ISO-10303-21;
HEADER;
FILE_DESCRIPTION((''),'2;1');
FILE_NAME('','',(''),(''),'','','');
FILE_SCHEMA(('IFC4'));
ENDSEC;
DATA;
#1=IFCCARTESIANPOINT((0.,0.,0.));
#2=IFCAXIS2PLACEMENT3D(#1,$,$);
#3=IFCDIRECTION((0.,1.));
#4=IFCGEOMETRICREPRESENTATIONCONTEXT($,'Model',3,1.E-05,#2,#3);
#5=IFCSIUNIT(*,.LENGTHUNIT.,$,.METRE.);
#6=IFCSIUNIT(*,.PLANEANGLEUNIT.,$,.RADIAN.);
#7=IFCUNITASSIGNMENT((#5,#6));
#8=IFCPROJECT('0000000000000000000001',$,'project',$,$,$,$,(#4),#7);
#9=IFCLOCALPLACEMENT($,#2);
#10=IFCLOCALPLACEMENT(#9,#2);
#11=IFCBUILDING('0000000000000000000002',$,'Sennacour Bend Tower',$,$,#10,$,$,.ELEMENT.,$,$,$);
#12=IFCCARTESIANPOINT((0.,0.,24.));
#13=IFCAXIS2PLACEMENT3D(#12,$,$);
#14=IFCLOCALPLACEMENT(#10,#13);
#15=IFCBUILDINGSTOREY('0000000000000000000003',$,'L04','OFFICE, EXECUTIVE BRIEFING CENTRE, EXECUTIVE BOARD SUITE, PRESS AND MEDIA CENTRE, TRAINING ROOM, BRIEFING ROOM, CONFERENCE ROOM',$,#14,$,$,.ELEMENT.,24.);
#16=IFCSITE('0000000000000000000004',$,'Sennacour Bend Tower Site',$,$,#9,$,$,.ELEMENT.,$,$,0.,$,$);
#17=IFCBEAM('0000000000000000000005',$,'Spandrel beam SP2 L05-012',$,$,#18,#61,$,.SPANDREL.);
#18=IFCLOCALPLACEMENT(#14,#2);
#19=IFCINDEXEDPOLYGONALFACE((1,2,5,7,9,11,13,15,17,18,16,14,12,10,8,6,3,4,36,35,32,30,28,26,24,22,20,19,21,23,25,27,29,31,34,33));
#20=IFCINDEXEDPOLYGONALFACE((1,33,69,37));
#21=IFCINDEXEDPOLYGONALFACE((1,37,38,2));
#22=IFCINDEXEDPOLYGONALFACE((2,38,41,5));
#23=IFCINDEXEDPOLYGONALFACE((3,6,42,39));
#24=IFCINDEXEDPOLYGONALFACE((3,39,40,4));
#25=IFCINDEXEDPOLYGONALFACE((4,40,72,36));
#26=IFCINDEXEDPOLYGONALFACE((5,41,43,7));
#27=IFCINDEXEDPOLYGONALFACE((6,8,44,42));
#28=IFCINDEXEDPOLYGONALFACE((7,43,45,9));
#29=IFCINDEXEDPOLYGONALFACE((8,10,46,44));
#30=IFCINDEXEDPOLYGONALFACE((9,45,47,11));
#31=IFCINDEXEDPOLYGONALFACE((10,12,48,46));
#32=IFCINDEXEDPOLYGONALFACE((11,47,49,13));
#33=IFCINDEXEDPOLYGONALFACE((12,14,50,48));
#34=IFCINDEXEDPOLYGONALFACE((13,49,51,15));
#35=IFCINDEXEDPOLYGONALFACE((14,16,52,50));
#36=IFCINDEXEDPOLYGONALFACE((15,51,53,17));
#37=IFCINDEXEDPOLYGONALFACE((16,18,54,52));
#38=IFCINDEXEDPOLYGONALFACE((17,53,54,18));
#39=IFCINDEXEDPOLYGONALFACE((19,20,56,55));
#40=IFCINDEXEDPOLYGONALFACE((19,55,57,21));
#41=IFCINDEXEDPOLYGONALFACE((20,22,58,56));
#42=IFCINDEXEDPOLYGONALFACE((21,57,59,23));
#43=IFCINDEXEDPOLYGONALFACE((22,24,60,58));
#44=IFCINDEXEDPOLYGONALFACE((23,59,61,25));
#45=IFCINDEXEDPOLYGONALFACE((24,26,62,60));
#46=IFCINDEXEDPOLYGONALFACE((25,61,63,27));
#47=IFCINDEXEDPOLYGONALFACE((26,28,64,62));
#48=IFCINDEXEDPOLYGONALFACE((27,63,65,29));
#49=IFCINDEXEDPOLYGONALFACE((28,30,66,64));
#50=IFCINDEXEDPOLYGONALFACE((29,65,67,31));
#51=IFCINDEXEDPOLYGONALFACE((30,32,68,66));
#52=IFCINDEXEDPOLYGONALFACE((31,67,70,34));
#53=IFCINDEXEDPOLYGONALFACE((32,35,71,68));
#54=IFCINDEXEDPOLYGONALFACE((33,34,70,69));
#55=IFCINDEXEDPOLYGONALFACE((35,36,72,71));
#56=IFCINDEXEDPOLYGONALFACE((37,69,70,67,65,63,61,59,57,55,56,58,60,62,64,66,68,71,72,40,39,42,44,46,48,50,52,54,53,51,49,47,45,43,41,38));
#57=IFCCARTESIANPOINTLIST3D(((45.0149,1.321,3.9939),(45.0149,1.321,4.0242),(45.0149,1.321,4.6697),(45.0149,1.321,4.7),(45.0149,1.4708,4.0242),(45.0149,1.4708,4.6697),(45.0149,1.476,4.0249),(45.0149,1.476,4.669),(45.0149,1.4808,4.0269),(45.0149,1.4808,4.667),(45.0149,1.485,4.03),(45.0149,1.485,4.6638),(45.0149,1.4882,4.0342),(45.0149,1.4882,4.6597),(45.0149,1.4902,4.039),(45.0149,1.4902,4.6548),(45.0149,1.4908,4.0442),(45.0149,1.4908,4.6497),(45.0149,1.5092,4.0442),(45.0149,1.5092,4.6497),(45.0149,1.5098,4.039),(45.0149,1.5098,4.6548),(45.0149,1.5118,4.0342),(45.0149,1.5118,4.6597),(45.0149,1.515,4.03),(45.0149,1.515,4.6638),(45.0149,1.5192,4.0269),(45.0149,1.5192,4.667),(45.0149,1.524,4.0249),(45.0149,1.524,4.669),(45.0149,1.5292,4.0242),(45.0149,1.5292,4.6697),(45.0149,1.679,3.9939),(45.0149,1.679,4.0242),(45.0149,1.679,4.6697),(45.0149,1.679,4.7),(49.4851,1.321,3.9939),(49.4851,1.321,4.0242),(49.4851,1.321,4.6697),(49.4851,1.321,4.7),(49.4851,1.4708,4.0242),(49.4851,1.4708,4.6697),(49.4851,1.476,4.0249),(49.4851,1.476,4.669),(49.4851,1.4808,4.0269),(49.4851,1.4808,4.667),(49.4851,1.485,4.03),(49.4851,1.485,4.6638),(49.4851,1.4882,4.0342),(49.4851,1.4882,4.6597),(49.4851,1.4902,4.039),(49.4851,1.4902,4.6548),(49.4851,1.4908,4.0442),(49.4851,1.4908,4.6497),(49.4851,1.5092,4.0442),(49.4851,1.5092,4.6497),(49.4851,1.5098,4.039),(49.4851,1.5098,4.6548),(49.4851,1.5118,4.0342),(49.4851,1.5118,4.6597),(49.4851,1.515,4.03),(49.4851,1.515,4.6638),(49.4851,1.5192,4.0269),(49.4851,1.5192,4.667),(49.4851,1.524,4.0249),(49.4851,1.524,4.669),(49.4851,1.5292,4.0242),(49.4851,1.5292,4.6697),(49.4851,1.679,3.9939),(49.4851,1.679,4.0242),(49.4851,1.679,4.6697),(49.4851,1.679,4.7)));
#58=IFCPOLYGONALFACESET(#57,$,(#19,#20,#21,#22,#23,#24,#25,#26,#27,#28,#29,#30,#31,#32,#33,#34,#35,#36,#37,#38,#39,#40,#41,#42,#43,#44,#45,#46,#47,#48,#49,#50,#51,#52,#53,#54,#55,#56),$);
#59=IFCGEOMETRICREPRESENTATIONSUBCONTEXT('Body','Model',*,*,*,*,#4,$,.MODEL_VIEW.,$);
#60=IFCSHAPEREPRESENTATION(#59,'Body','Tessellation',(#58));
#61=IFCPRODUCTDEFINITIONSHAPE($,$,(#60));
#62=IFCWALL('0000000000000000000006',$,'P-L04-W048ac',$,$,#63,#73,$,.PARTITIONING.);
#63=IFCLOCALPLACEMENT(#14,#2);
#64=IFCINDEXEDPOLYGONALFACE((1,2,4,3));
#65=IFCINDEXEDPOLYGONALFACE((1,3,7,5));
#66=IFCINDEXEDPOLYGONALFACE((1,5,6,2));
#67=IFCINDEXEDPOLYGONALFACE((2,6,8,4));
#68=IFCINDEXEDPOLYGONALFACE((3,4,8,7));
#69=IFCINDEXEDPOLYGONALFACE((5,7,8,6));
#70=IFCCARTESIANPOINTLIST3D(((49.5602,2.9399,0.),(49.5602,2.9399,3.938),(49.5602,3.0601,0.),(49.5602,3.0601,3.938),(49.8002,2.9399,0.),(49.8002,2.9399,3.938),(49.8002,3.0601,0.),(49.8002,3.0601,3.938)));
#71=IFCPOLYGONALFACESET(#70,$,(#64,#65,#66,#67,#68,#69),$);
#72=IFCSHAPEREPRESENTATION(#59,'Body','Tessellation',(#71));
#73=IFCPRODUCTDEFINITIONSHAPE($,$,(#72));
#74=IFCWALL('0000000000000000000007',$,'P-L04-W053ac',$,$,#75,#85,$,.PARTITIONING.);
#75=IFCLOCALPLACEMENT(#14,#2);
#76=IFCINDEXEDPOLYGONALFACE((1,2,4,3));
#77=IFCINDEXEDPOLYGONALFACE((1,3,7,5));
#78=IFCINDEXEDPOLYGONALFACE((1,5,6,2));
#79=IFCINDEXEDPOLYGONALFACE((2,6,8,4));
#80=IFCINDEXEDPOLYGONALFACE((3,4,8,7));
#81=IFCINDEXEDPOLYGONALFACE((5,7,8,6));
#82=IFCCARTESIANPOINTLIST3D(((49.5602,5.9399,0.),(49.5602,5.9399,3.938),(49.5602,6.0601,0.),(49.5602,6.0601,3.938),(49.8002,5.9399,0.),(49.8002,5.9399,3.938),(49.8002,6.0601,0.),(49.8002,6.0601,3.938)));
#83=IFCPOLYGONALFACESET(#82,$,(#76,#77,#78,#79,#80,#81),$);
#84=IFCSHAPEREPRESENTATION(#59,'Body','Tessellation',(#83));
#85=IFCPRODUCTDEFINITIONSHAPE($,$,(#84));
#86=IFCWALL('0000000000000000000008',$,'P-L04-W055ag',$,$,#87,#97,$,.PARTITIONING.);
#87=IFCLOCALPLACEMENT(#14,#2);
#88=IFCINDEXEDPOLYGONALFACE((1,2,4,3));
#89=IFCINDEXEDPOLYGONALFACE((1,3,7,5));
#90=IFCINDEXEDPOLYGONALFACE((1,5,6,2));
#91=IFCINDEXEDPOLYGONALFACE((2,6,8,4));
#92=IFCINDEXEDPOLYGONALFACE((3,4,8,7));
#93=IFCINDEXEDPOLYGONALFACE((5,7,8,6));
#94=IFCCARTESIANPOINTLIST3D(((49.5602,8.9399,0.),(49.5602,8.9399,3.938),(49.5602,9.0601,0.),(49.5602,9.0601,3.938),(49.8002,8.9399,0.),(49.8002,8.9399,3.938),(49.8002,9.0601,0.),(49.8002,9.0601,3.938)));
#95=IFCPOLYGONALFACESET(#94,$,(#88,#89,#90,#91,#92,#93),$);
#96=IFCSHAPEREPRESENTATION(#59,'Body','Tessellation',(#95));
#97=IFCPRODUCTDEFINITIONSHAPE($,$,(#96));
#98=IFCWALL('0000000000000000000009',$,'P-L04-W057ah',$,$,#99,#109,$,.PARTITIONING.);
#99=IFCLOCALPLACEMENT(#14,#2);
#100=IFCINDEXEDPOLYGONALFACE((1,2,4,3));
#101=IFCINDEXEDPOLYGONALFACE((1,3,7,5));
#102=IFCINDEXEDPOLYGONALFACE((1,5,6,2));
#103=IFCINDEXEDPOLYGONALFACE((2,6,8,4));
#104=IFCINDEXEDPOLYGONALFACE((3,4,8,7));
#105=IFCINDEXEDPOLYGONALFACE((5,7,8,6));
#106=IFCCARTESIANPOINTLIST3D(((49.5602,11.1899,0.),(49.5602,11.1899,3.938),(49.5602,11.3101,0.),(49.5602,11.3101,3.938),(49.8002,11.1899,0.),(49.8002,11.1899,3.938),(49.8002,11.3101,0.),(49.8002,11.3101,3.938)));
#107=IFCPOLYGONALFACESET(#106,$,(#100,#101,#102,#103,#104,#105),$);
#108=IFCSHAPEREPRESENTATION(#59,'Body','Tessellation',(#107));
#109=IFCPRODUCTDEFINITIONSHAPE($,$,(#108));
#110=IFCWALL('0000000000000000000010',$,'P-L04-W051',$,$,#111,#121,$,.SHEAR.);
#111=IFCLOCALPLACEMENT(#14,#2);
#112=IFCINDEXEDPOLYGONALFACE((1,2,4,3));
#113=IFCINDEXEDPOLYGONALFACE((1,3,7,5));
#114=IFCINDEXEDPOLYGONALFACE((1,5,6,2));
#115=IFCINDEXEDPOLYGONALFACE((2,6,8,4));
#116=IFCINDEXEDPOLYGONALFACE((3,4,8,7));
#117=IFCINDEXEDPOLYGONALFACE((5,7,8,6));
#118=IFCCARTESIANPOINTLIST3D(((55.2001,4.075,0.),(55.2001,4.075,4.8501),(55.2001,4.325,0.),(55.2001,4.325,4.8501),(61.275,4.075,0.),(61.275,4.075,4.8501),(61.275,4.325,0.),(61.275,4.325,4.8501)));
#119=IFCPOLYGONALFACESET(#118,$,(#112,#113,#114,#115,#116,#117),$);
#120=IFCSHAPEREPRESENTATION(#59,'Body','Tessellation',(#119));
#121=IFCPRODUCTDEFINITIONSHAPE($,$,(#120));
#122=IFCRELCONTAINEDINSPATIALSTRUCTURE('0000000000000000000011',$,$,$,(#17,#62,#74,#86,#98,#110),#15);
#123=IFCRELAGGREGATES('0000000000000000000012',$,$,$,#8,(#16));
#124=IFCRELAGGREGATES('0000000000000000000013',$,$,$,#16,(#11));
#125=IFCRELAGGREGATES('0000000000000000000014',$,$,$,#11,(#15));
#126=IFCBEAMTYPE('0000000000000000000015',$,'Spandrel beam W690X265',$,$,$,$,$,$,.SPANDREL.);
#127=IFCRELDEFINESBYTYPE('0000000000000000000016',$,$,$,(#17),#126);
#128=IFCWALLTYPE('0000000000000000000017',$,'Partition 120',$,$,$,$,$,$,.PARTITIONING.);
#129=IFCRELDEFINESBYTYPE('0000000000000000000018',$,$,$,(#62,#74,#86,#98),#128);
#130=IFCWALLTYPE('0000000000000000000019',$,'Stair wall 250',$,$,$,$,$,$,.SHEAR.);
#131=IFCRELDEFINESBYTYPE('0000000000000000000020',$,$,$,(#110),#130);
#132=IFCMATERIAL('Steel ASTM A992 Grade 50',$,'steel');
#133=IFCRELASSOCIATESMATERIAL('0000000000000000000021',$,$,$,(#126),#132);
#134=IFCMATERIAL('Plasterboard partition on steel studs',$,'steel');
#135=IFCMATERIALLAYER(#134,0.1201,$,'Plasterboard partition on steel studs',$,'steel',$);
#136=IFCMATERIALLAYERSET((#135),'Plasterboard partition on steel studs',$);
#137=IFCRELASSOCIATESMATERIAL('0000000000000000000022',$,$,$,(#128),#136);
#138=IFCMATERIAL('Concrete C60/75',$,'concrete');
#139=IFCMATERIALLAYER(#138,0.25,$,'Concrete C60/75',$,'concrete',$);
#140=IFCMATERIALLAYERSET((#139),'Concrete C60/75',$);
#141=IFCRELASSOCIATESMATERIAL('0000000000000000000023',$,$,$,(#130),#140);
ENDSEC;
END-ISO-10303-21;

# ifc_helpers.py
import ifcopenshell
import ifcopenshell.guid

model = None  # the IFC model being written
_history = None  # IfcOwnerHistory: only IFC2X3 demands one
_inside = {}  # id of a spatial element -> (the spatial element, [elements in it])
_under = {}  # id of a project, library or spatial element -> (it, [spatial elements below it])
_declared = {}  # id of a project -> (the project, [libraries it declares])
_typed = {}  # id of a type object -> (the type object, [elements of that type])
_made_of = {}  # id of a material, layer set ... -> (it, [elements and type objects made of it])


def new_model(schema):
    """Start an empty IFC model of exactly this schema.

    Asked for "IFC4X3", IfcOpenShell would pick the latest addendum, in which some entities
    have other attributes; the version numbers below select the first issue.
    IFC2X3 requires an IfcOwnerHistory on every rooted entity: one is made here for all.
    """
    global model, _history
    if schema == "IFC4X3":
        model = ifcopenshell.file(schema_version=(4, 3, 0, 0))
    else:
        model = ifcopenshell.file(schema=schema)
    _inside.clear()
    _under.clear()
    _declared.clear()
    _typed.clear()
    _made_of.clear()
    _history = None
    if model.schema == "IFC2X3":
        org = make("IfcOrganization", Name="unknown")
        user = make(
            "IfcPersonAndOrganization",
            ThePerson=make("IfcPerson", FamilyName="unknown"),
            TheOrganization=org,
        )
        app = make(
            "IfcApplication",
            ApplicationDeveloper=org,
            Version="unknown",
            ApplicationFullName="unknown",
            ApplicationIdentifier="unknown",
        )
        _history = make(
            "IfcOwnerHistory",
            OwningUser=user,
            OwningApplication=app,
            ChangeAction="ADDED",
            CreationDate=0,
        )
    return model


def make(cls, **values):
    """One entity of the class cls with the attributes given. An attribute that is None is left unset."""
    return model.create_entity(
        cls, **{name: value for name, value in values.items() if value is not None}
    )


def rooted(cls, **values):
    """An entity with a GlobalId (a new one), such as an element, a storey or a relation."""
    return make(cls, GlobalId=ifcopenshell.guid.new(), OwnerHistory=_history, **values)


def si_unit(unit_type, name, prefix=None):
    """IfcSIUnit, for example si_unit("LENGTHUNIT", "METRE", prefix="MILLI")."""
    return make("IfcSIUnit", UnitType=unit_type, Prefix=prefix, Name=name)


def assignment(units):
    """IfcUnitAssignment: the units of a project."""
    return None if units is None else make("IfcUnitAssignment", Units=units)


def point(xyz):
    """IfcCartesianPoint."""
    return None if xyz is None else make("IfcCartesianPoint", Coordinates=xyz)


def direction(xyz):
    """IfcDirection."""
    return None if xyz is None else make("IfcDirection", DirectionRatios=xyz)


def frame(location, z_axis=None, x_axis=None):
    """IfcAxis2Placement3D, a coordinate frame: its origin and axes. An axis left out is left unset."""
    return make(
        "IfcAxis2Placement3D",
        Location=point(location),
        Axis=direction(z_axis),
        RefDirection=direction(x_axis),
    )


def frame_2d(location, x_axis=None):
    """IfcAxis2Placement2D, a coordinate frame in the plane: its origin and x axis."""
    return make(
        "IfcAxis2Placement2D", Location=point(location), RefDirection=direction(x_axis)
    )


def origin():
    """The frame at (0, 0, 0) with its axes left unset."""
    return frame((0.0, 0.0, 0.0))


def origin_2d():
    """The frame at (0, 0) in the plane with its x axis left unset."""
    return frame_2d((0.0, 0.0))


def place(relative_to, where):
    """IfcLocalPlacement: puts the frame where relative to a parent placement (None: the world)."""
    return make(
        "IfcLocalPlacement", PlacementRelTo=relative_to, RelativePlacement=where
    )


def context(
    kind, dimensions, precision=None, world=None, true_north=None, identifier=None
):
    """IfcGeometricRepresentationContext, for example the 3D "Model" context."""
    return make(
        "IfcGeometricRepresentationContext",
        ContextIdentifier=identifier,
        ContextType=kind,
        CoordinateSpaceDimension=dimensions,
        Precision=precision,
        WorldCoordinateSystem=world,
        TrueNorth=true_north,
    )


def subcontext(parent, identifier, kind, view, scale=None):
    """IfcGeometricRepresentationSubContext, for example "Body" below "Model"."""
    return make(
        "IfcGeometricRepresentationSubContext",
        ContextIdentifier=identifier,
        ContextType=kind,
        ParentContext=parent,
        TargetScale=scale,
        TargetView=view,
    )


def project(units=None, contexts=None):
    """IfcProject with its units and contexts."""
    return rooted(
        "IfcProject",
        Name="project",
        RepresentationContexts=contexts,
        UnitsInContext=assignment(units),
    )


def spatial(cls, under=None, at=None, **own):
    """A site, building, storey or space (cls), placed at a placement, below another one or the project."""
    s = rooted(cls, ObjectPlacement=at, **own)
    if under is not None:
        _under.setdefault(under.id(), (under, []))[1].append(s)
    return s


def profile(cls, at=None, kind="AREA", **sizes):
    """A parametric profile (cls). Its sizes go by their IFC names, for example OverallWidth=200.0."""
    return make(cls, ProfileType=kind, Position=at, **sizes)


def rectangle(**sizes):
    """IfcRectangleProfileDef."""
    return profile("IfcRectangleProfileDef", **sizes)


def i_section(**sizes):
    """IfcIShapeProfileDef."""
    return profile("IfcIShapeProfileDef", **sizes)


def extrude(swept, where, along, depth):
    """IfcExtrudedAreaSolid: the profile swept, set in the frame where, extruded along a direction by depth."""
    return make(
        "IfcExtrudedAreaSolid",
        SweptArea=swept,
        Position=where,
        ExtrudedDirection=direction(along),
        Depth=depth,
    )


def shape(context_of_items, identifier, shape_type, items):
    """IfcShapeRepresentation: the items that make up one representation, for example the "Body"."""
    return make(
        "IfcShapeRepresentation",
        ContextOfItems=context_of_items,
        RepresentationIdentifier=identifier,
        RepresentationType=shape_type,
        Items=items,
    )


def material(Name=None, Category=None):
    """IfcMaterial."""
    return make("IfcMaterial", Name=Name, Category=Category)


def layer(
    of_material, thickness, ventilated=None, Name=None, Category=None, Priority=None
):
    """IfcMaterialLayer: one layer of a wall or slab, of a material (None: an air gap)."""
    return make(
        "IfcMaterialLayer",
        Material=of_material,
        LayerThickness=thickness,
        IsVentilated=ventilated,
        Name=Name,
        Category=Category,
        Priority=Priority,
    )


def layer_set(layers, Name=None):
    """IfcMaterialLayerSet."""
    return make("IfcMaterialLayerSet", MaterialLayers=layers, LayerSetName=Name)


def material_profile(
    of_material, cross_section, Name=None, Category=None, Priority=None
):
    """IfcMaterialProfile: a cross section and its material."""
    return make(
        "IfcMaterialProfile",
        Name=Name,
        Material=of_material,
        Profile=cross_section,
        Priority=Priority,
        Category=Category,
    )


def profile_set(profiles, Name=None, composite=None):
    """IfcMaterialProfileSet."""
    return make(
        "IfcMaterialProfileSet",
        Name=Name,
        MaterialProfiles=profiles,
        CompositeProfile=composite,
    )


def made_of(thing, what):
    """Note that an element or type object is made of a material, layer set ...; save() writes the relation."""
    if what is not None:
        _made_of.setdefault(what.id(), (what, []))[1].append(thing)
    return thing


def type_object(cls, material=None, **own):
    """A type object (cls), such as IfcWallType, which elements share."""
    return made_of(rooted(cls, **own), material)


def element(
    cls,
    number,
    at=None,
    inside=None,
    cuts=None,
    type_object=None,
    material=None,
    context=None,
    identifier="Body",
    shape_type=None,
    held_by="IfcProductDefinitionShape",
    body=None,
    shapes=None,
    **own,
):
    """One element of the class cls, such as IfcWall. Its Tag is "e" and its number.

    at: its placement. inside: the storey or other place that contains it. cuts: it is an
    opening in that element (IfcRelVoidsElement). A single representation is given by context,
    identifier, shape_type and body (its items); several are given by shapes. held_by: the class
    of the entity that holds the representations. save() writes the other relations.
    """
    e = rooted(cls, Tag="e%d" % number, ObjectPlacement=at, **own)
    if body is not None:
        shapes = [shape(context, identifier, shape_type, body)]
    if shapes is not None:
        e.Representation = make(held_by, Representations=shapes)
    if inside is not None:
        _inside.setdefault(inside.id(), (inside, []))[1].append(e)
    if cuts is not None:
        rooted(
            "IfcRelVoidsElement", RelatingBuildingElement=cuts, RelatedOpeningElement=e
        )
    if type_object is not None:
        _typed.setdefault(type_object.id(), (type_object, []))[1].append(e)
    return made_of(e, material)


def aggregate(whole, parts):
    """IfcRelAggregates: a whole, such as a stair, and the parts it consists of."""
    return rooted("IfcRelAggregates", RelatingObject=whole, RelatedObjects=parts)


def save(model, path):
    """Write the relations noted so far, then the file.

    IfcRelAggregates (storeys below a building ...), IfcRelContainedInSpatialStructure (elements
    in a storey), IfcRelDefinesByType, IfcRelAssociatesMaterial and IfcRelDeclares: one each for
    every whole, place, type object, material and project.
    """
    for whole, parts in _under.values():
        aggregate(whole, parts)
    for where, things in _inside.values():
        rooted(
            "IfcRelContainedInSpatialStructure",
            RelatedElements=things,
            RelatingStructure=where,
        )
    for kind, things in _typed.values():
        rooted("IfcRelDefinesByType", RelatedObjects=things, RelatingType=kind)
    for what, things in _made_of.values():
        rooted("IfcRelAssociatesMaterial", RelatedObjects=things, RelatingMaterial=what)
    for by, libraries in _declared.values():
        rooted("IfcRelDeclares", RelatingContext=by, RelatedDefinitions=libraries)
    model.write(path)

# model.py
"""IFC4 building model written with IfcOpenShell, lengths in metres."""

from ifc_helpers import new_model, si_unit, direction, frame, frame_2d, origin, origin_2d, place, context, subcontext, project, spatial, rectangle, i_section, extrude, material, layer, layer_set, material_profile, profile_set, type_object, element, save


model = new_model("IFC4")

# Units and contexts
model_context = context("Model", 3, precision=1e-05, world=origin(), true_north=direction((0.0, 1.0)))
body_context = subcontext(model_context, "Body", "Model", "MODEL_VIEW")
ifc_project = project(units=[si_unit("LENGTHUNIT", "METRE"), si_unit("PLANEANGLEUNIT", "RADIAN")], contexts=[model_context])

# Site, building, storey
site_placement = place(None, origin())
site = spatial("IfcSite", under=ifc_project, at=site_placement, Name="Sennacour Bend Tower Site", CompositionType="ELEMENT", RefElevation=0.0)
building_placement = place(site_placement, origin())
building = spatial("IfcBuilding", under=site, at=building_placement, Name="Sennacour Bend Tower", CompositionType="ELEMENT")
storey_placement = place(building_placement, frame((0.0, 0.0, 24.0)))
storey = spatial("IfcBuildingStorey", under=building, at=storey_placement, Name="L04", Description="OFFICE, EXECUTIVE BRIEFING CENTRE, EXECUTIVE BOARD SUITE, PRESS AND MEDIA CENTRE, TRAINING ROOM, BRIEFING ROOM, CONFERENCE ROOM", CompositionType="ELEMENT", Elevation=24.0)

# Beam
ifc_material_1 = material(Name="Steel ASTM A992 Grade 50", Category="steel")
ifc_material_profile_1 = material_profile(ifc_material_1, i_section(OverallWidth=0.3579, OverallDepth=0.7061, WebThickness=0.0183, FlangeThickness=0.0303, FilletRadius=0.02, at=origin_2d()), Name="Steel ASTM A992 Grade 50", Category="steel")
ifc_profile_set_1 = profile_set([ifc_material_profile_1], Name="Steel ASTM A992 Grade 50")
beam_type_1 = type_object("IfcBeamType", Name="Spandrel beam W690X265", PredefinedType="SPANDREL", material=ifc_profile_set_1)
beam_1_placement = place(storey_placement, frame((49.4851, 1.5, 4.3469), z_axis=(-1.0, 0.0, 0.0), x_axis=(0.0, -1.0, 0.0)))
element("IfcBeam", 1, at=beam_1_placement, inside=storey, type_object=beam_type_1, Name="Spandrel beam SP2 L05-012", PredefinedType="SPANDREL", context=body_context, shape_type="SweptSolid", body=[
    extrude(i_section(OverallWidth=0.3579, OverallDepth=0.7061, WebThickness=0.0183, FlangeThickness=0.0303, FilletRadius=0.02, at=origin_2d()), origin(), (0.0, 0.0, 1.0), 4.4702),
])

# Walls
ifc_material_2 = material(Name="Plasterboard partition on steel studs", Category="steel")
ifc_layer_1 = layer(ifc_material_2, 0.1201, Name="Plasterboard partition on steel studs", Category="steel")
ifc_layer_set_1 = layer_set([ifc_layer_1], Name="Plasterboard partition on steel studs")
wall_type_1 = type_object("IfcWallType", Name="Partition 120", PredefinedType="PARTITIONING", material=ifc_layer_set_1)
for number, where, z_axis, x_axis, name in (
    (2, (49.5601, 3.0, 0.0), (0.0, 0.0, 1.0), (1.0, 0.0, 0.0), "P-L04-W048ac"),
    (3, (49.5601, 6.0, 0.0), (0.0, 0.0, 1.0), (1.0, 0.0, 0.0), "P-L04-W053ac"),
    (4, (49.5601, 9.0, 0.0), (0.0, 0.0, 1.0), (1.0, 0.0, 0.0), "P-L04-W055ag"),
    (5, (49.5601, 11.25, 0.0), (0.0, 0.0, 1.0), (1.0, 0.0, 0.0), "P-L04-W057ah"),
):
    element("IfcWall", number, at=place(storey_placement, frame(where, z_axis=z_axis, x_axis=x_axis)), inside=storey, type_object=wall_type_1, Name=name, PredefinedType="PARTITIONING", context=body_context, shape_type="SweptSolid", body=[
        extrude(rectangle(XDim=0.24, YDim=0.1201, at=frame_2d((0.1201, 0.0))), origin(), (0.0, 0.0, 1.0), 3.938),
    ])
ifc_material_3 = material(Name="Concrete C60/75", Category="concrete")
ifc_layer_2 = layer(ifc_material_3, 0.25, Name="Concrete C60/75", Category="concrete")
ifc_layer_set_2 = layer_set([ifc_layer_2], Name="Concrete C60/75")
wall_type_2 = type_object("IfcWallType", Name="Stair wall 250", PredefinedType="SHEAR", material=ifc_layer_set_2)
wall_placement = place(storey_placement, frame((55.2, 4.2, 0.0), z_axis=(0.0, 0.0, 1.0), x_axis=(1.0, 0.0, 0.0)))
element("IfcWall", 6, at=wall_placement, inside=storey, type_object=wall_type_2, Name="P-L04-W051", PredefinedType="SHEAR", context=body_context, shape_type="SweptSolid", body=[
    extrude(rectangle(XDim=6.075, YDim=0.25, at=frame_2d((3.0376, 0.0))), origin(), (0.0, 0.0, 1.0), 4.8501),
])

save(model, "model.ifc")
